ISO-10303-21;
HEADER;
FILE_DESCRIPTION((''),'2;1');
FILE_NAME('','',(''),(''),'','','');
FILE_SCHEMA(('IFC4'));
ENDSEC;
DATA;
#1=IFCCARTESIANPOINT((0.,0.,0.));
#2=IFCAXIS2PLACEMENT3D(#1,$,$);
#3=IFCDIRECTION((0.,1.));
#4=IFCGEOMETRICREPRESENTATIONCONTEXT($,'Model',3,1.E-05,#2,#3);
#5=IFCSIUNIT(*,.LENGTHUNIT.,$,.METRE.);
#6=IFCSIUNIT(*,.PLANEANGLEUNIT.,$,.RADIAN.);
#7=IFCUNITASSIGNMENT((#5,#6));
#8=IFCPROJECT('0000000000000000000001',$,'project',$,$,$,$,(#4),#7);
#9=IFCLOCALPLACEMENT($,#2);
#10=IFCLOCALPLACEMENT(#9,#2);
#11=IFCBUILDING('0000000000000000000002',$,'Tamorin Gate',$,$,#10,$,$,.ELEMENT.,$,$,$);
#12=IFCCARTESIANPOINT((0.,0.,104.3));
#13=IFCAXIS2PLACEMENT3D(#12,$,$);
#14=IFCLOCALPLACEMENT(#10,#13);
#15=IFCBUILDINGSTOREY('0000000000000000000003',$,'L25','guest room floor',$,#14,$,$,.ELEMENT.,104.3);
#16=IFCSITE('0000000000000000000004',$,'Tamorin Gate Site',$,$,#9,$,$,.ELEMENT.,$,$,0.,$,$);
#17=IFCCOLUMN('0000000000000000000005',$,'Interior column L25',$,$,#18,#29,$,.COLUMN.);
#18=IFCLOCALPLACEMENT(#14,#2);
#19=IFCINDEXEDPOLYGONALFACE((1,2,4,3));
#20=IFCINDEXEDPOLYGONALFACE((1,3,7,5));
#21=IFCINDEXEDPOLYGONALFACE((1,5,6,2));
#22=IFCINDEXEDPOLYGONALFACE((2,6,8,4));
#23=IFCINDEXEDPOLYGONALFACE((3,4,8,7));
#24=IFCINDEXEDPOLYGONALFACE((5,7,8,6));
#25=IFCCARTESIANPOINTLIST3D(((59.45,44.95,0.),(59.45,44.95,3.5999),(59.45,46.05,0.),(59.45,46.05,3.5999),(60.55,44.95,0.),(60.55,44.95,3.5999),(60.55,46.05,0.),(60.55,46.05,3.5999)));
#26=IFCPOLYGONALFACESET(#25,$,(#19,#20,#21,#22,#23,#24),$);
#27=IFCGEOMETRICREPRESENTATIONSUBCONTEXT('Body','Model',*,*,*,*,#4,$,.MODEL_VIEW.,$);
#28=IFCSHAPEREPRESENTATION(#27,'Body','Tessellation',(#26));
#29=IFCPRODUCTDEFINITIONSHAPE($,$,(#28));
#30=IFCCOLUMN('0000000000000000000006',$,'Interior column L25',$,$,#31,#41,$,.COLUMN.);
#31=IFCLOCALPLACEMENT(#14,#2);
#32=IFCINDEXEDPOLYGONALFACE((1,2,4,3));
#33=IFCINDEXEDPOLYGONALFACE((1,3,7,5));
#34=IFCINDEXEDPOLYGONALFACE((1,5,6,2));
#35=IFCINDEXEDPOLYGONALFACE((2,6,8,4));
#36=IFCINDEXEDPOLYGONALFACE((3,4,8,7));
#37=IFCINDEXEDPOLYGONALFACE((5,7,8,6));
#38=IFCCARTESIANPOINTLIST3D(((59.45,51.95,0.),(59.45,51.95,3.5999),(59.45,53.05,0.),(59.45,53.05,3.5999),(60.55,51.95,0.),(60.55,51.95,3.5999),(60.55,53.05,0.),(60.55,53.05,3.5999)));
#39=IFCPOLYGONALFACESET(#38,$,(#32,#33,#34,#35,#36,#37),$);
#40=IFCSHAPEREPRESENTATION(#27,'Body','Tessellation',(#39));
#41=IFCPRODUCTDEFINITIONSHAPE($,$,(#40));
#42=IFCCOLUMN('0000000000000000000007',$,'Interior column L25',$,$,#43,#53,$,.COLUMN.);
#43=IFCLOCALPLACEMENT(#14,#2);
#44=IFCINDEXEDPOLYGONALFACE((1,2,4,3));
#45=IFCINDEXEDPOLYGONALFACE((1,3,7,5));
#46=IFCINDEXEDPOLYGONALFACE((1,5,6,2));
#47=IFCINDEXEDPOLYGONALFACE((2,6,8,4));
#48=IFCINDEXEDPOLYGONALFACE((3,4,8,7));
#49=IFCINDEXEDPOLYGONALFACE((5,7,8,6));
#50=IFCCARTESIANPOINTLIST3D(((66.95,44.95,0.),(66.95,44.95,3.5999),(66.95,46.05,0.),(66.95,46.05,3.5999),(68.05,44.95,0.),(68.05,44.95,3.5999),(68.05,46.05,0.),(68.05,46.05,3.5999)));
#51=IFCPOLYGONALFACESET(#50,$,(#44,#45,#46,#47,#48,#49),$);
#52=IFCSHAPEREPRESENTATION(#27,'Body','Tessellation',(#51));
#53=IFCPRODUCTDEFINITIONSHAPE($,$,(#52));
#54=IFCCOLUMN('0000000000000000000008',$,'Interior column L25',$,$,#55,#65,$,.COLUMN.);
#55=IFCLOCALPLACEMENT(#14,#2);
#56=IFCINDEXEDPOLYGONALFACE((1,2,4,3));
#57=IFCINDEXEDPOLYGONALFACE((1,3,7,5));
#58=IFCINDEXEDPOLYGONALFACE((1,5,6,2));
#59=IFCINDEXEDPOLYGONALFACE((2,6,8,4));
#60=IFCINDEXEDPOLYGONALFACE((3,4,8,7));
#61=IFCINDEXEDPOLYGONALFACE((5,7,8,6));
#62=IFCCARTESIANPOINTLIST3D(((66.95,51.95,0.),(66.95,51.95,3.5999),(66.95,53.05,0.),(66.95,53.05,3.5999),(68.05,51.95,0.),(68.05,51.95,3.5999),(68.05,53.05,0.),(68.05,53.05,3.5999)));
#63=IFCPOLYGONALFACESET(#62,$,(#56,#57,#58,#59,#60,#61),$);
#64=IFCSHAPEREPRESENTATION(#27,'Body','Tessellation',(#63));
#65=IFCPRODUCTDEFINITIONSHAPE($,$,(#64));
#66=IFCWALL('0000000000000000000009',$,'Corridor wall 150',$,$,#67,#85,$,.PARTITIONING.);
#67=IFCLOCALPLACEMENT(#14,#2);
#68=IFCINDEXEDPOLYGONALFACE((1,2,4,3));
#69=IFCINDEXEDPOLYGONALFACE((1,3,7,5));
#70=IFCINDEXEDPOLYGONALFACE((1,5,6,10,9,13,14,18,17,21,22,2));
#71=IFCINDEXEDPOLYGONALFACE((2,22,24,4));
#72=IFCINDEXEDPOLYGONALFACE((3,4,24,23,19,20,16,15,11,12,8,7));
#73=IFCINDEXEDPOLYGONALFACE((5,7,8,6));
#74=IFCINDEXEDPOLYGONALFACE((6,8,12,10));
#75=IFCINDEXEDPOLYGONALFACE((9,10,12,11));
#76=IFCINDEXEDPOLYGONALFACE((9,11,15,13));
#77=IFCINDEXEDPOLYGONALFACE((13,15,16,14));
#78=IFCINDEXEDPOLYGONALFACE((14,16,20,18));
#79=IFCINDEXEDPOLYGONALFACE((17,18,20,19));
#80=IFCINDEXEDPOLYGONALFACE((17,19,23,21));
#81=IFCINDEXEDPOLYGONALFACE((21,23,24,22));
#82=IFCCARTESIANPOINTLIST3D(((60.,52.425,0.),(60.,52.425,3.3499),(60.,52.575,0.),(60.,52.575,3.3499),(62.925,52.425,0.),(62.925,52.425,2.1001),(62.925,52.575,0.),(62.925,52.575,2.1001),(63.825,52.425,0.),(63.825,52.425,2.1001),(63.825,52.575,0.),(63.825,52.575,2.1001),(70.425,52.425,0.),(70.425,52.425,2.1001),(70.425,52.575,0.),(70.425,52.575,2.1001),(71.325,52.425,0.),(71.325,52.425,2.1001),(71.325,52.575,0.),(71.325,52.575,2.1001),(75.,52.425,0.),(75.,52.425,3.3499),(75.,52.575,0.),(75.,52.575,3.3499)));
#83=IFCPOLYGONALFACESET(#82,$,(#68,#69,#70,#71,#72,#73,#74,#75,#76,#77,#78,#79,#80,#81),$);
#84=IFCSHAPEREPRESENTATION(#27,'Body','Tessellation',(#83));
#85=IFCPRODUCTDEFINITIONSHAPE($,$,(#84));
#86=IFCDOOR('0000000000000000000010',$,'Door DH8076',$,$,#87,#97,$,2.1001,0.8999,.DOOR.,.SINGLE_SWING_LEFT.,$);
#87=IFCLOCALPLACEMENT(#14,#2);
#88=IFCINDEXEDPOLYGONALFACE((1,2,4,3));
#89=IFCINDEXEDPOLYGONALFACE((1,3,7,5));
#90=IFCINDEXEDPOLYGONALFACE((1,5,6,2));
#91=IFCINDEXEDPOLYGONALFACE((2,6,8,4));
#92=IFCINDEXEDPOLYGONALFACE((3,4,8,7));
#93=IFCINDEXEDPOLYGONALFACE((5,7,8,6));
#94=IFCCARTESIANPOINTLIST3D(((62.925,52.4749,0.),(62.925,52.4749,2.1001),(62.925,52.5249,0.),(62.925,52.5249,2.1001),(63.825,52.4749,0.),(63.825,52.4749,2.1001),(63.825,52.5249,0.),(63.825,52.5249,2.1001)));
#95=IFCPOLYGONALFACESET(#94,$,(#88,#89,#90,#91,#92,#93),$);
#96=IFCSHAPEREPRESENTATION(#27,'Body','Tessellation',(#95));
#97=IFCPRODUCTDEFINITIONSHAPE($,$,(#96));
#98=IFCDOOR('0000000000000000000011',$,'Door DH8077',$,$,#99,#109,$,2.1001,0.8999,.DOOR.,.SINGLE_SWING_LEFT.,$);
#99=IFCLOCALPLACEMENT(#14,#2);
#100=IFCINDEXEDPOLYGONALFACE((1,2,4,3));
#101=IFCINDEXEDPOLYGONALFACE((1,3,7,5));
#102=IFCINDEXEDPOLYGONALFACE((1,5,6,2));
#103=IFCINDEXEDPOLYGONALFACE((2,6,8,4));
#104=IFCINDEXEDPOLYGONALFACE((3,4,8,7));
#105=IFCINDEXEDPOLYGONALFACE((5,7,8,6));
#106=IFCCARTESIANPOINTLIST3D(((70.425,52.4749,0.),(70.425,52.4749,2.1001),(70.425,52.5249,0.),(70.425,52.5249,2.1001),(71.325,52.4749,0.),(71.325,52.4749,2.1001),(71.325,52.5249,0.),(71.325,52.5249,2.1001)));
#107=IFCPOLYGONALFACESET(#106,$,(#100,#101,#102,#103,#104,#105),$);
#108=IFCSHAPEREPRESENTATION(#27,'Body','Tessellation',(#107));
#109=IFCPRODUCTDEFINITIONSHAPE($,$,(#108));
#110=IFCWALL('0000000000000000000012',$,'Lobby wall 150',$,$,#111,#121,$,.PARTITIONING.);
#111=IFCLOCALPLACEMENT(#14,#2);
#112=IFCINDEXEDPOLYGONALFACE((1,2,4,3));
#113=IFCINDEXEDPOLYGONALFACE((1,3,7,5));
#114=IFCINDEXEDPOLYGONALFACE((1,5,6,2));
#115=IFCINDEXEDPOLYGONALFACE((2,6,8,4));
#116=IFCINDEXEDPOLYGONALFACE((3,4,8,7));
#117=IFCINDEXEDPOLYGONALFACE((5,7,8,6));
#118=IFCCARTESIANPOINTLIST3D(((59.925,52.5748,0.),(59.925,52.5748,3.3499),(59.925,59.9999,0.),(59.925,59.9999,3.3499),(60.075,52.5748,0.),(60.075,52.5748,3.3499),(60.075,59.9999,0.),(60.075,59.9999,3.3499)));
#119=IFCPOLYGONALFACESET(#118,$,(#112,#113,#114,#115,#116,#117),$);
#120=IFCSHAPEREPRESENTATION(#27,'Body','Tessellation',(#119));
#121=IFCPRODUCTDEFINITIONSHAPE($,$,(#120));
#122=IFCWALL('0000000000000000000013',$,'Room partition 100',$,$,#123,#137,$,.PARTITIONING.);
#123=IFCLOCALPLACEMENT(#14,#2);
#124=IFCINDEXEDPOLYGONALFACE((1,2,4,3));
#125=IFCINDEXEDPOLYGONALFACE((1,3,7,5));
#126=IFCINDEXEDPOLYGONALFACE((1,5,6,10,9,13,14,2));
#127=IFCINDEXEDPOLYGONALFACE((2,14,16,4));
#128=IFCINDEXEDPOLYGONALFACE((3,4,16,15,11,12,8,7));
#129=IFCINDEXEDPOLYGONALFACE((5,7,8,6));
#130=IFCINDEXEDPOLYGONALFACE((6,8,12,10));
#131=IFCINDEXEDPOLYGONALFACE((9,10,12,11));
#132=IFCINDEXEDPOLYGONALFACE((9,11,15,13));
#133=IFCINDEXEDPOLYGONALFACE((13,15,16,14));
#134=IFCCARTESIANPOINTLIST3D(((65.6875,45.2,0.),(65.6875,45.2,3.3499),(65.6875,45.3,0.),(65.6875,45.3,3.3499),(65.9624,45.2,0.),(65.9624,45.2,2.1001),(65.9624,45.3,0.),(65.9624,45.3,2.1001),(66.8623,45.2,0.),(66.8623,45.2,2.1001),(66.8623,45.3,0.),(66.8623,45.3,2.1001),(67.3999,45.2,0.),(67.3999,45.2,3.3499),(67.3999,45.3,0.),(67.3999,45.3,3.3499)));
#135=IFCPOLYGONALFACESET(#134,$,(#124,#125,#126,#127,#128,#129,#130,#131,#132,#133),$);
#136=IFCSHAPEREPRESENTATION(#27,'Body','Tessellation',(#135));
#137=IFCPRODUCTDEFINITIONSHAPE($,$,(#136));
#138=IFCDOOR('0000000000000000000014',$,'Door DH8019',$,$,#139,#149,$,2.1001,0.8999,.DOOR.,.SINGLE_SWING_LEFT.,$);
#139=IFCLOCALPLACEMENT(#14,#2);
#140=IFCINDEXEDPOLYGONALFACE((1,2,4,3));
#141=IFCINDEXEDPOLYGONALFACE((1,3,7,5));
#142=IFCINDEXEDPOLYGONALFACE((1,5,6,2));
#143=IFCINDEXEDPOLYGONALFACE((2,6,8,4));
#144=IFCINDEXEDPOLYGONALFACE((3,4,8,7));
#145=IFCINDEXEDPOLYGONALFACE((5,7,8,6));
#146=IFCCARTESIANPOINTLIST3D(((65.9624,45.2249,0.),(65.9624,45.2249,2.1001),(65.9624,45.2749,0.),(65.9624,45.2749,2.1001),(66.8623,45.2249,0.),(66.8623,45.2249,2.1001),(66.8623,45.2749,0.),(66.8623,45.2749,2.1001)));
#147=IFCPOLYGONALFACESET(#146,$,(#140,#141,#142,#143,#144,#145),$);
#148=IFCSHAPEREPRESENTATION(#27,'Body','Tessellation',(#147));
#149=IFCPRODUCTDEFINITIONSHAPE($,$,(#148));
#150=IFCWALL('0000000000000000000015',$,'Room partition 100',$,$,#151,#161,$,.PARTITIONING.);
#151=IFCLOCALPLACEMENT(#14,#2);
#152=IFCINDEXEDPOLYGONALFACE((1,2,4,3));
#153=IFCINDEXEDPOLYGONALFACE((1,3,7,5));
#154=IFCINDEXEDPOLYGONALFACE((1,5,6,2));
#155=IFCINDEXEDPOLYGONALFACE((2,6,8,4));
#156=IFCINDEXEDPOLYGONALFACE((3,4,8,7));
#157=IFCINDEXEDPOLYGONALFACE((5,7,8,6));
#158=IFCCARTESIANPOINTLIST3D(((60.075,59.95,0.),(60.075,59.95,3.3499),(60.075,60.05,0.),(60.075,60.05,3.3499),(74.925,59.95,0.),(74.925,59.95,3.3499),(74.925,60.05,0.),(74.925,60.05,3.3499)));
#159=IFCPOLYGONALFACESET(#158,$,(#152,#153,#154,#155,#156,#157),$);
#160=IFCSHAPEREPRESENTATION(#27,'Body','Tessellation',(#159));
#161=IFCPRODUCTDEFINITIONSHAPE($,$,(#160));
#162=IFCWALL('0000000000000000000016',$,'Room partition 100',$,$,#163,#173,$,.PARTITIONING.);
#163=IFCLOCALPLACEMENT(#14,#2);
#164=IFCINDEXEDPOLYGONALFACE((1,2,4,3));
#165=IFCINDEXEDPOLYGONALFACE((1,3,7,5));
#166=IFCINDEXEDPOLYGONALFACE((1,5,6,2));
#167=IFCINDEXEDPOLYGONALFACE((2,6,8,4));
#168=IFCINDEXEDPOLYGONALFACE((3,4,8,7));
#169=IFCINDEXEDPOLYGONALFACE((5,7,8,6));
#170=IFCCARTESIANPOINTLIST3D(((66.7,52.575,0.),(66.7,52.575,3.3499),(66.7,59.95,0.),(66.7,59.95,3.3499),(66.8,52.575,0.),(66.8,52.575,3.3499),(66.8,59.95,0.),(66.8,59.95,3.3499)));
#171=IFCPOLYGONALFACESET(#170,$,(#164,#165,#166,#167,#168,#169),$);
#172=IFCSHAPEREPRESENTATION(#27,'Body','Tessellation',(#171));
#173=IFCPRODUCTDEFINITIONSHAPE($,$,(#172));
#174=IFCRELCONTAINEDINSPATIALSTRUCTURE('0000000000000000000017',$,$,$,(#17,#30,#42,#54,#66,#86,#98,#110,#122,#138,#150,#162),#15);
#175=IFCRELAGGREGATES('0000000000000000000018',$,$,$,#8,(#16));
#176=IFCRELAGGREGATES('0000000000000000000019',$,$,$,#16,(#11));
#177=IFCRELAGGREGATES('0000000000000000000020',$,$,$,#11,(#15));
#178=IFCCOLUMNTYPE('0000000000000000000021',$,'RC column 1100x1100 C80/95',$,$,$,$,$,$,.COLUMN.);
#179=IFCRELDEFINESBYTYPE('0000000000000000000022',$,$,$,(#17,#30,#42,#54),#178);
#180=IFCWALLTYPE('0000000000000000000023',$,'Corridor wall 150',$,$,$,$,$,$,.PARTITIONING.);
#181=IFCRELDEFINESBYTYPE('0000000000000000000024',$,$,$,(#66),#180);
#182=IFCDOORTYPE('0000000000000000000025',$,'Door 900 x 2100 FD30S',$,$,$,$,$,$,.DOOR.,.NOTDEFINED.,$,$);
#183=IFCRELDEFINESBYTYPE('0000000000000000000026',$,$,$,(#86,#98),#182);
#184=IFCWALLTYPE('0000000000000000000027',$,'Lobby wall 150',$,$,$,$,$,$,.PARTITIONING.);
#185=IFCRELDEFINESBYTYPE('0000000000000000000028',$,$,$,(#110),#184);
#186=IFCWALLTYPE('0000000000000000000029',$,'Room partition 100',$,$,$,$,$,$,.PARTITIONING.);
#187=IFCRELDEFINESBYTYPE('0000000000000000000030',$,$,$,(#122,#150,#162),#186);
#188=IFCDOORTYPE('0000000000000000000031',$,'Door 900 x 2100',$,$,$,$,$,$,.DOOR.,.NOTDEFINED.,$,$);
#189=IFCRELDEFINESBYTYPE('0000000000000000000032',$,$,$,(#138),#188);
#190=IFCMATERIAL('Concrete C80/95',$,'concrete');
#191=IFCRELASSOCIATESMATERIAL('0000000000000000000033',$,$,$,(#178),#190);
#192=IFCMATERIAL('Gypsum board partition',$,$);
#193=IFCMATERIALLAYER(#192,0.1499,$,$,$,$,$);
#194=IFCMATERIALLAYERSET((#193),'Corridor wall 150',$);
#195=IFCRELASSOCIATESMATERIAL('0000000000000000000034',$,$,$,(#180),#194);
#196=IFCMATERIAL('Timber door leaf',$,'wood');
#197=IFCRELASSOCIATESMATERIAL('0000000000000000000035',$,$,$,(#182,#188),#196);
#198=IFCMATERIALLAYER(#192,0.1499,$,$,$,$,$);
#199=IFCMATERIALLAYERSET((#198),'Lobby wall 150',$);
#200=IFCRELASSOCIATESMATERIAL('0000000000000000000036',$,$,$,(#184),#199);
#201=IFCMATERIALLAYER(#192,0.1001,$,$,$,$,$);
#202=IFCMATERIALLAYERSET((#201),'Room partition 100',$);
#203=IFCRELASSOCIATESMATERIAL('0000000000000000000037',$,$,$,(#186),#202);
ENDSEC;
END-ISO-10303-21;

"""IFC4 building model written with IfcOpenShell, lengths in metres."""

from ifc_helpers import new_model, si_unit, direction, frame, frame_2d, origin, origin_2d, place, context, subcontext, project, spatial, rectangle, extrude, material, layer, layer_set, material_profile, profile_set, type_object, element, fill, save


model = new_model("IFC4")

# Units and contexts
model_context = context("Model", 3, precision=1e-05, world=origin(), true_north=direction((0.0, 1.0)))
body_context = subcontext(model_context, "Body", "Model", "MODEL_VIEW")
ifc_project = project(units=[si_unit("LENGTHUNIT", "METRE"), si_unit("PLANEANGLEUNIT", "RADIAN")], contexts=[model_context])

# Site, building, storey
site_placement = place(None, origin())
site = spatial("IfcSite", under=ifc_project, at=site_placement, Name="Tamorin Gate Site", CompositionType="ELEMENT", RefElevation=0.0)
building_placement = place(site_placement, origin())
building = spatial("IfcBuilding", under=site, at=building_placement, Name="Tamorin Gate", CompositionType="ELEMENT")
storey_placement = place(building_placement, frame((0.0, 0.0, 104.3)))
storey = spatial("IfcBuildingStorey", under=building, at=storey_placement, Name="L25", Description="guest room floor", CompositionType="ELEMENT", Elevation=104.3)

# Columns
ifc_material_1 = material(Name="Concrete C80/95", Category="concrete")
ifc_material_profile = material_profile(ifc_material_1, rectangle(XDim=1.1001, YDim=1.1001, at=origin_2d()), Name="RC 1100x1100")
ifc_profile_set = profile_set([ifc_material_profile], Name="Concrete C80/95")
column_type = type_object("IfcColumnType", Name="RC column 1100x1100 C80/95", PredefinedType="COLUMN", material=ifc_profile_set)
for number, where, z_axis, x_axis, name in (
    (1, (60.0, 45.5, 0.0), (0.0, 0.0, 1.0), (1.0, 0.0, 0.0), "Interior column L25"),
    (2, (60.0, 52.5, 0.0), (0.0, 0.0, 1.0), (1.0, 0.0, 0.0), "Interior column L25"),
    (3, (67.5, 45.5, 0.0), (0.0, 0.0, 1.0), (1.0, 0.0, 0.0), "Interior column L25"),
    (4, (67.5, 52.5, 0.0), (0.0, 0.0, 1.0), (1.0, 0.0, 0.0), "Interior column L25"),
):
    element("IfcColumn", number, at=place(storey_placement, frame(where, z_axis=z_axis, x_axis=x_axis)), inside=storey, type_object=column_type, Name=name, PredefinedType="COLUMN", context=body_context, shape_type="SweptSolid", body=[
        extrude(rectangle(XDim=1.1001, YDim=1.1001, at=origin_2d()), origin(), (0.0, 0.0, 1.0), 3.5999),
    ])

# Wall, openings, doors
ifc_material_2 = material(Name="Gypsum board partition")
ifc_layer_1 = layer(ifc_material_2, 0.1499)
ifc_layer_set_1 = layer_set([ifc_layer_1], Name="Corridor wall 150")
wall_type_1 = type_object("IfcWallType", Name="Corridor wall 150", PredefinedType="PARTITIONING", material=ifc_layer_set_1)
wall_1_placement = place(storey_placement, frame((60.0, 52.5, 0.0), z_axis=(0.0, 0.0, 1.0), x_axis=(1.0, 0.0, 0.0)))
wall_1 = element("IfcWall", 5, at=wall_1_placement, inside=storey, type_object=wall_type_1, Name="Corridor wall 150", PredefinedType="PARTITIONING", context=body_context, shape_type="SweptSolid", body=[
    extrude(rectangle(XDim=15.0, YDim=0.1499, at=frame_2d((7.5, 0.0))), origin(), (0.0, 0.0, 1.0), 3.3499),
])
opening_1_placement = place(wall_1_placement, frame((2.925, 0.0, 0.0)))
opening_1 = element("IfcOpeningElement", 6, at=opening_1_placement, cuts=wall_1, PredefinedType="OPENING", context=body_context, shape_type="SweptSolid", body=[
    extrude(rectangle(XDim=0.8999, YDim=2.1001, at=frame_2d((0.45, 1.05))), frame((0.0, 0.085, 0.0), z_axis=(0.0, -1.0, 0.0), x_axis=(1.0, 0.0, 0.0)), (0.0, 0.0, 1.0), 0.1699),
])
opening_2_placement = place(wall_1_placement, frame((10.425, 0.0, 0.0)))
opening_2 = element("IfcOpeningElement", 7, at=opening_2_placement, cuts=wall_1, PredefinedType="OPENING", context=body_context, shape_type="SweptSolid", body=[
    extrude(rectangle(XDim=0.8999, YDim=2.1001, at=frame_2d((0.45, 1.05))), frame((0.0, 0.085, 0.0), z_axis=(0.0, -1.0, 0.0), x_axis=(1.0, 0.0, 0.0)), (0.0, 0.0, 1.0), 0.1699),
])
ifc_material_3 = material(Name="Timber door leaf", Category="wood")
door_type_1 = type_object("IfcDoorType", Name="Door 900 x 2100 FD30S", OperationType="NOTDEFINED", PredefinedType="DOOR", material=ifc_material_3)
door_1_placement = place(opening_1_placement, origin())
door_1 = element("IfcDoor", 8, at=door_1_placement, inside=storey, type_object=door_type_1, Name="Door DH8076", OperationType="SINGLE_SWING_LEFT", OverallHeight=2.1001, OverallWidth=0.8999, PredefinedType="DOOR", context=body_context, shape_type="SweptSolid", body=[
    extrude(rectangle(XDim=0.8999, YDim=2.1001, at=frame_2d((0.45, 1.05))), frame((0.0, 0.0249, 0.0), z_axis=(0.0, -1.0, 0.0), x_axis=(1.0, 0.0, 0.0)), (0.0, 0.0, 1.0), 0.05),
])
fill(opening_1, door_1)
door_2_placement = place(opening_2_placement, origin())
door_2 = element("IfcDoor", 9, at=door_2_placement, inside=storey, type_object=door_type_1, Name="Door DH8077", OperationType="SINGLE_SWING_LEFT", OverallHeight=2.1001, OverallWidth=0.8999, PredefinedType="DOOR", context=body_context, shape_type="SweptSolid", body=[
    extrude(rectangle(XDim=0.8999, YDim=2.1001, at=frame_2d((0.45, 1.05))), frame((0.0, 0.0249, 0.0), z_axis=(0.0, -1.0, 0.0), x_axis=(1.0, 0.0, 0.0)), (0.0, 0.0, 1.0), 0.05),
])
fill(opening_2, door_2)

# Wall
ifc_layer_2 = layer(ifc_material_2, 0.1499)
ifc_layer_set_2 = layer_set([ifc_layer_2], Name="Lobby wall 150")
wall_type_2 = type_object("IfcWallType", Name="Lobby wall 150", PredefinedType="PARTITIONING", material=ifc_layer_set_2)
wall_2_placement = place(storey_placement, frame((60.0, 52.575, 0.0), z_axis=(0.0, 0.0, 1.0), x_axis=(0.0, 1.0, 0.0)))
element("IfcWall", 10, at=wall_2_placement, inside=storey, type_object=wall_type_2, Name="Lobby wall 150", PredefinedType="PARTITIONING", context=body_context, shape_type="SweptSolid", body=[
    extrude(rectangle(XDim=7.425, YDim=0.1499, at=frame_2d((3.7124, 0.0))), origin(), (0.0, 0.0, 1.0), 3.3499),
])

# Wall, opening, door
ifc_layer_3 = layer(ifc_material_2, 0.1001)
ifc_layer_set_3 = layer_set([ifc_layer_3], Name="Room partition 100")
wall_type_3 = type_object("IfcWallType", Name="Room partition 100", PredefinedType="PARTITIONING", material=ifc_layer_set_3)
wall_3_placement = place(storey_placement, frame((65.6875, 45.25, 0.0), z_axis=(0.0, 0.0, 1.0), x_axis=(1.0, 0.0, 0.0)))
wall_3 = element("IfcWall", 11, at=wall_3_placement, inside=storey, type_object=wall_type_3, Name="Room partition 100", PredefinedType="PARTITIONING", context=body_context, shape_type="SweptSolid", body=[
    extrude(rectangle(XDim=1.7124, YDim=0.1001, at=frame_2d((0.8562, 0.0))), origin(), (0.0, 0.0, 1.0), 3.3499),
])
opening_3_placement = place(wall_3_placement, frame((0.2749, 0.0, 0.0)))
opening_3 = element("IfcOpeningElement", 12, at=opening_3_placement, cuts=wall_3, PredefinedType="OPENING", context=body_context, shape_type="SweptSolid", body=[
    extrude(rectangle(XDim=0.8999, YDim=2.1001, at=frame_2d((0.45, 1.05))), frame((0.0, 0.0601, 0.0), z_axis=(0.0, -1.0, 0.0), x_axis=(1.0, 0.0, 0.0)), (0.0, 0.0, 1.0), 0.1201),
])
door_type_2 = type_object("IfcDoorType", Name="Door 900 x 2100", OperationType="NOTDEFINED", PredefinedType="DOOR", material=ifc_material_3)
door_3_placement = place(opening_3_placement, origin())
door_3 = element("IfcDoor", 13, at=door_3_placement, inside=storey, type_object=door_type_2, Name="Door DH8019", OperationType="SINGLE_SWING_LEFT", OverallHeight=2.1001, OverallWidth=0.8999, PredefinedType="DOOR", context=body_context, shape_type="SweptSolid", body=[
    extrude(rectangle(XDim=0.8999, YDim=2.1001, at=frame_2d((0.45, 1.05))), frame((0.0, 0.0249, 0.0), z_axis=(0.0, -1.0, 0.0), x_axis=(1.0, 0.0, 0.0)), (0.0, 0.0, 1.0), 0.05),
])
fill(opening_3, door_3)

# Walls
wall_4_placement = place(storey_placement, frame((60.075, 60.0, 0.0), z_axis=(0.0, 0.0, 1.0), x_axis=(1.0, 0.0, 0.0)))
element("IfcWall", 14, at=wall_4_placement, inside=storey, type_object=wall_type_3, Name="Room partition 100", PredefinedType="PARTITIONING", context=body_context, shape_type="SweptSolid", body=[
    extrude(rectangle(XDim=14.8501, YDim=0.1001, at=frame_2d((7.425, 0.0))), origin(), (0.0, 0.0, 1.0), 3.3499),
])
wall_5_placement = place(storey_placement, frame((66.75, 52.575, 0.0), z_axis=(0.0, 0.0, 1.0), x_axis=(0.0, 1.0, 0.0)))
element("IfcWall", 15, at=wall_5_placement, inside=storey, type_object=wall_type_3, Name="Room partition 100", PredefinedType="PARTITIONING", context=body_context, shape_type="SweptSolid", body=[
    extrude(rectangle(XDim=7.375, YDim=0.1001, at=frame_2d((3.6875, 0.0))), origin(), (0.0, 0.0, 1.0), 3.3499),
])

save(model, "model.ifc")
